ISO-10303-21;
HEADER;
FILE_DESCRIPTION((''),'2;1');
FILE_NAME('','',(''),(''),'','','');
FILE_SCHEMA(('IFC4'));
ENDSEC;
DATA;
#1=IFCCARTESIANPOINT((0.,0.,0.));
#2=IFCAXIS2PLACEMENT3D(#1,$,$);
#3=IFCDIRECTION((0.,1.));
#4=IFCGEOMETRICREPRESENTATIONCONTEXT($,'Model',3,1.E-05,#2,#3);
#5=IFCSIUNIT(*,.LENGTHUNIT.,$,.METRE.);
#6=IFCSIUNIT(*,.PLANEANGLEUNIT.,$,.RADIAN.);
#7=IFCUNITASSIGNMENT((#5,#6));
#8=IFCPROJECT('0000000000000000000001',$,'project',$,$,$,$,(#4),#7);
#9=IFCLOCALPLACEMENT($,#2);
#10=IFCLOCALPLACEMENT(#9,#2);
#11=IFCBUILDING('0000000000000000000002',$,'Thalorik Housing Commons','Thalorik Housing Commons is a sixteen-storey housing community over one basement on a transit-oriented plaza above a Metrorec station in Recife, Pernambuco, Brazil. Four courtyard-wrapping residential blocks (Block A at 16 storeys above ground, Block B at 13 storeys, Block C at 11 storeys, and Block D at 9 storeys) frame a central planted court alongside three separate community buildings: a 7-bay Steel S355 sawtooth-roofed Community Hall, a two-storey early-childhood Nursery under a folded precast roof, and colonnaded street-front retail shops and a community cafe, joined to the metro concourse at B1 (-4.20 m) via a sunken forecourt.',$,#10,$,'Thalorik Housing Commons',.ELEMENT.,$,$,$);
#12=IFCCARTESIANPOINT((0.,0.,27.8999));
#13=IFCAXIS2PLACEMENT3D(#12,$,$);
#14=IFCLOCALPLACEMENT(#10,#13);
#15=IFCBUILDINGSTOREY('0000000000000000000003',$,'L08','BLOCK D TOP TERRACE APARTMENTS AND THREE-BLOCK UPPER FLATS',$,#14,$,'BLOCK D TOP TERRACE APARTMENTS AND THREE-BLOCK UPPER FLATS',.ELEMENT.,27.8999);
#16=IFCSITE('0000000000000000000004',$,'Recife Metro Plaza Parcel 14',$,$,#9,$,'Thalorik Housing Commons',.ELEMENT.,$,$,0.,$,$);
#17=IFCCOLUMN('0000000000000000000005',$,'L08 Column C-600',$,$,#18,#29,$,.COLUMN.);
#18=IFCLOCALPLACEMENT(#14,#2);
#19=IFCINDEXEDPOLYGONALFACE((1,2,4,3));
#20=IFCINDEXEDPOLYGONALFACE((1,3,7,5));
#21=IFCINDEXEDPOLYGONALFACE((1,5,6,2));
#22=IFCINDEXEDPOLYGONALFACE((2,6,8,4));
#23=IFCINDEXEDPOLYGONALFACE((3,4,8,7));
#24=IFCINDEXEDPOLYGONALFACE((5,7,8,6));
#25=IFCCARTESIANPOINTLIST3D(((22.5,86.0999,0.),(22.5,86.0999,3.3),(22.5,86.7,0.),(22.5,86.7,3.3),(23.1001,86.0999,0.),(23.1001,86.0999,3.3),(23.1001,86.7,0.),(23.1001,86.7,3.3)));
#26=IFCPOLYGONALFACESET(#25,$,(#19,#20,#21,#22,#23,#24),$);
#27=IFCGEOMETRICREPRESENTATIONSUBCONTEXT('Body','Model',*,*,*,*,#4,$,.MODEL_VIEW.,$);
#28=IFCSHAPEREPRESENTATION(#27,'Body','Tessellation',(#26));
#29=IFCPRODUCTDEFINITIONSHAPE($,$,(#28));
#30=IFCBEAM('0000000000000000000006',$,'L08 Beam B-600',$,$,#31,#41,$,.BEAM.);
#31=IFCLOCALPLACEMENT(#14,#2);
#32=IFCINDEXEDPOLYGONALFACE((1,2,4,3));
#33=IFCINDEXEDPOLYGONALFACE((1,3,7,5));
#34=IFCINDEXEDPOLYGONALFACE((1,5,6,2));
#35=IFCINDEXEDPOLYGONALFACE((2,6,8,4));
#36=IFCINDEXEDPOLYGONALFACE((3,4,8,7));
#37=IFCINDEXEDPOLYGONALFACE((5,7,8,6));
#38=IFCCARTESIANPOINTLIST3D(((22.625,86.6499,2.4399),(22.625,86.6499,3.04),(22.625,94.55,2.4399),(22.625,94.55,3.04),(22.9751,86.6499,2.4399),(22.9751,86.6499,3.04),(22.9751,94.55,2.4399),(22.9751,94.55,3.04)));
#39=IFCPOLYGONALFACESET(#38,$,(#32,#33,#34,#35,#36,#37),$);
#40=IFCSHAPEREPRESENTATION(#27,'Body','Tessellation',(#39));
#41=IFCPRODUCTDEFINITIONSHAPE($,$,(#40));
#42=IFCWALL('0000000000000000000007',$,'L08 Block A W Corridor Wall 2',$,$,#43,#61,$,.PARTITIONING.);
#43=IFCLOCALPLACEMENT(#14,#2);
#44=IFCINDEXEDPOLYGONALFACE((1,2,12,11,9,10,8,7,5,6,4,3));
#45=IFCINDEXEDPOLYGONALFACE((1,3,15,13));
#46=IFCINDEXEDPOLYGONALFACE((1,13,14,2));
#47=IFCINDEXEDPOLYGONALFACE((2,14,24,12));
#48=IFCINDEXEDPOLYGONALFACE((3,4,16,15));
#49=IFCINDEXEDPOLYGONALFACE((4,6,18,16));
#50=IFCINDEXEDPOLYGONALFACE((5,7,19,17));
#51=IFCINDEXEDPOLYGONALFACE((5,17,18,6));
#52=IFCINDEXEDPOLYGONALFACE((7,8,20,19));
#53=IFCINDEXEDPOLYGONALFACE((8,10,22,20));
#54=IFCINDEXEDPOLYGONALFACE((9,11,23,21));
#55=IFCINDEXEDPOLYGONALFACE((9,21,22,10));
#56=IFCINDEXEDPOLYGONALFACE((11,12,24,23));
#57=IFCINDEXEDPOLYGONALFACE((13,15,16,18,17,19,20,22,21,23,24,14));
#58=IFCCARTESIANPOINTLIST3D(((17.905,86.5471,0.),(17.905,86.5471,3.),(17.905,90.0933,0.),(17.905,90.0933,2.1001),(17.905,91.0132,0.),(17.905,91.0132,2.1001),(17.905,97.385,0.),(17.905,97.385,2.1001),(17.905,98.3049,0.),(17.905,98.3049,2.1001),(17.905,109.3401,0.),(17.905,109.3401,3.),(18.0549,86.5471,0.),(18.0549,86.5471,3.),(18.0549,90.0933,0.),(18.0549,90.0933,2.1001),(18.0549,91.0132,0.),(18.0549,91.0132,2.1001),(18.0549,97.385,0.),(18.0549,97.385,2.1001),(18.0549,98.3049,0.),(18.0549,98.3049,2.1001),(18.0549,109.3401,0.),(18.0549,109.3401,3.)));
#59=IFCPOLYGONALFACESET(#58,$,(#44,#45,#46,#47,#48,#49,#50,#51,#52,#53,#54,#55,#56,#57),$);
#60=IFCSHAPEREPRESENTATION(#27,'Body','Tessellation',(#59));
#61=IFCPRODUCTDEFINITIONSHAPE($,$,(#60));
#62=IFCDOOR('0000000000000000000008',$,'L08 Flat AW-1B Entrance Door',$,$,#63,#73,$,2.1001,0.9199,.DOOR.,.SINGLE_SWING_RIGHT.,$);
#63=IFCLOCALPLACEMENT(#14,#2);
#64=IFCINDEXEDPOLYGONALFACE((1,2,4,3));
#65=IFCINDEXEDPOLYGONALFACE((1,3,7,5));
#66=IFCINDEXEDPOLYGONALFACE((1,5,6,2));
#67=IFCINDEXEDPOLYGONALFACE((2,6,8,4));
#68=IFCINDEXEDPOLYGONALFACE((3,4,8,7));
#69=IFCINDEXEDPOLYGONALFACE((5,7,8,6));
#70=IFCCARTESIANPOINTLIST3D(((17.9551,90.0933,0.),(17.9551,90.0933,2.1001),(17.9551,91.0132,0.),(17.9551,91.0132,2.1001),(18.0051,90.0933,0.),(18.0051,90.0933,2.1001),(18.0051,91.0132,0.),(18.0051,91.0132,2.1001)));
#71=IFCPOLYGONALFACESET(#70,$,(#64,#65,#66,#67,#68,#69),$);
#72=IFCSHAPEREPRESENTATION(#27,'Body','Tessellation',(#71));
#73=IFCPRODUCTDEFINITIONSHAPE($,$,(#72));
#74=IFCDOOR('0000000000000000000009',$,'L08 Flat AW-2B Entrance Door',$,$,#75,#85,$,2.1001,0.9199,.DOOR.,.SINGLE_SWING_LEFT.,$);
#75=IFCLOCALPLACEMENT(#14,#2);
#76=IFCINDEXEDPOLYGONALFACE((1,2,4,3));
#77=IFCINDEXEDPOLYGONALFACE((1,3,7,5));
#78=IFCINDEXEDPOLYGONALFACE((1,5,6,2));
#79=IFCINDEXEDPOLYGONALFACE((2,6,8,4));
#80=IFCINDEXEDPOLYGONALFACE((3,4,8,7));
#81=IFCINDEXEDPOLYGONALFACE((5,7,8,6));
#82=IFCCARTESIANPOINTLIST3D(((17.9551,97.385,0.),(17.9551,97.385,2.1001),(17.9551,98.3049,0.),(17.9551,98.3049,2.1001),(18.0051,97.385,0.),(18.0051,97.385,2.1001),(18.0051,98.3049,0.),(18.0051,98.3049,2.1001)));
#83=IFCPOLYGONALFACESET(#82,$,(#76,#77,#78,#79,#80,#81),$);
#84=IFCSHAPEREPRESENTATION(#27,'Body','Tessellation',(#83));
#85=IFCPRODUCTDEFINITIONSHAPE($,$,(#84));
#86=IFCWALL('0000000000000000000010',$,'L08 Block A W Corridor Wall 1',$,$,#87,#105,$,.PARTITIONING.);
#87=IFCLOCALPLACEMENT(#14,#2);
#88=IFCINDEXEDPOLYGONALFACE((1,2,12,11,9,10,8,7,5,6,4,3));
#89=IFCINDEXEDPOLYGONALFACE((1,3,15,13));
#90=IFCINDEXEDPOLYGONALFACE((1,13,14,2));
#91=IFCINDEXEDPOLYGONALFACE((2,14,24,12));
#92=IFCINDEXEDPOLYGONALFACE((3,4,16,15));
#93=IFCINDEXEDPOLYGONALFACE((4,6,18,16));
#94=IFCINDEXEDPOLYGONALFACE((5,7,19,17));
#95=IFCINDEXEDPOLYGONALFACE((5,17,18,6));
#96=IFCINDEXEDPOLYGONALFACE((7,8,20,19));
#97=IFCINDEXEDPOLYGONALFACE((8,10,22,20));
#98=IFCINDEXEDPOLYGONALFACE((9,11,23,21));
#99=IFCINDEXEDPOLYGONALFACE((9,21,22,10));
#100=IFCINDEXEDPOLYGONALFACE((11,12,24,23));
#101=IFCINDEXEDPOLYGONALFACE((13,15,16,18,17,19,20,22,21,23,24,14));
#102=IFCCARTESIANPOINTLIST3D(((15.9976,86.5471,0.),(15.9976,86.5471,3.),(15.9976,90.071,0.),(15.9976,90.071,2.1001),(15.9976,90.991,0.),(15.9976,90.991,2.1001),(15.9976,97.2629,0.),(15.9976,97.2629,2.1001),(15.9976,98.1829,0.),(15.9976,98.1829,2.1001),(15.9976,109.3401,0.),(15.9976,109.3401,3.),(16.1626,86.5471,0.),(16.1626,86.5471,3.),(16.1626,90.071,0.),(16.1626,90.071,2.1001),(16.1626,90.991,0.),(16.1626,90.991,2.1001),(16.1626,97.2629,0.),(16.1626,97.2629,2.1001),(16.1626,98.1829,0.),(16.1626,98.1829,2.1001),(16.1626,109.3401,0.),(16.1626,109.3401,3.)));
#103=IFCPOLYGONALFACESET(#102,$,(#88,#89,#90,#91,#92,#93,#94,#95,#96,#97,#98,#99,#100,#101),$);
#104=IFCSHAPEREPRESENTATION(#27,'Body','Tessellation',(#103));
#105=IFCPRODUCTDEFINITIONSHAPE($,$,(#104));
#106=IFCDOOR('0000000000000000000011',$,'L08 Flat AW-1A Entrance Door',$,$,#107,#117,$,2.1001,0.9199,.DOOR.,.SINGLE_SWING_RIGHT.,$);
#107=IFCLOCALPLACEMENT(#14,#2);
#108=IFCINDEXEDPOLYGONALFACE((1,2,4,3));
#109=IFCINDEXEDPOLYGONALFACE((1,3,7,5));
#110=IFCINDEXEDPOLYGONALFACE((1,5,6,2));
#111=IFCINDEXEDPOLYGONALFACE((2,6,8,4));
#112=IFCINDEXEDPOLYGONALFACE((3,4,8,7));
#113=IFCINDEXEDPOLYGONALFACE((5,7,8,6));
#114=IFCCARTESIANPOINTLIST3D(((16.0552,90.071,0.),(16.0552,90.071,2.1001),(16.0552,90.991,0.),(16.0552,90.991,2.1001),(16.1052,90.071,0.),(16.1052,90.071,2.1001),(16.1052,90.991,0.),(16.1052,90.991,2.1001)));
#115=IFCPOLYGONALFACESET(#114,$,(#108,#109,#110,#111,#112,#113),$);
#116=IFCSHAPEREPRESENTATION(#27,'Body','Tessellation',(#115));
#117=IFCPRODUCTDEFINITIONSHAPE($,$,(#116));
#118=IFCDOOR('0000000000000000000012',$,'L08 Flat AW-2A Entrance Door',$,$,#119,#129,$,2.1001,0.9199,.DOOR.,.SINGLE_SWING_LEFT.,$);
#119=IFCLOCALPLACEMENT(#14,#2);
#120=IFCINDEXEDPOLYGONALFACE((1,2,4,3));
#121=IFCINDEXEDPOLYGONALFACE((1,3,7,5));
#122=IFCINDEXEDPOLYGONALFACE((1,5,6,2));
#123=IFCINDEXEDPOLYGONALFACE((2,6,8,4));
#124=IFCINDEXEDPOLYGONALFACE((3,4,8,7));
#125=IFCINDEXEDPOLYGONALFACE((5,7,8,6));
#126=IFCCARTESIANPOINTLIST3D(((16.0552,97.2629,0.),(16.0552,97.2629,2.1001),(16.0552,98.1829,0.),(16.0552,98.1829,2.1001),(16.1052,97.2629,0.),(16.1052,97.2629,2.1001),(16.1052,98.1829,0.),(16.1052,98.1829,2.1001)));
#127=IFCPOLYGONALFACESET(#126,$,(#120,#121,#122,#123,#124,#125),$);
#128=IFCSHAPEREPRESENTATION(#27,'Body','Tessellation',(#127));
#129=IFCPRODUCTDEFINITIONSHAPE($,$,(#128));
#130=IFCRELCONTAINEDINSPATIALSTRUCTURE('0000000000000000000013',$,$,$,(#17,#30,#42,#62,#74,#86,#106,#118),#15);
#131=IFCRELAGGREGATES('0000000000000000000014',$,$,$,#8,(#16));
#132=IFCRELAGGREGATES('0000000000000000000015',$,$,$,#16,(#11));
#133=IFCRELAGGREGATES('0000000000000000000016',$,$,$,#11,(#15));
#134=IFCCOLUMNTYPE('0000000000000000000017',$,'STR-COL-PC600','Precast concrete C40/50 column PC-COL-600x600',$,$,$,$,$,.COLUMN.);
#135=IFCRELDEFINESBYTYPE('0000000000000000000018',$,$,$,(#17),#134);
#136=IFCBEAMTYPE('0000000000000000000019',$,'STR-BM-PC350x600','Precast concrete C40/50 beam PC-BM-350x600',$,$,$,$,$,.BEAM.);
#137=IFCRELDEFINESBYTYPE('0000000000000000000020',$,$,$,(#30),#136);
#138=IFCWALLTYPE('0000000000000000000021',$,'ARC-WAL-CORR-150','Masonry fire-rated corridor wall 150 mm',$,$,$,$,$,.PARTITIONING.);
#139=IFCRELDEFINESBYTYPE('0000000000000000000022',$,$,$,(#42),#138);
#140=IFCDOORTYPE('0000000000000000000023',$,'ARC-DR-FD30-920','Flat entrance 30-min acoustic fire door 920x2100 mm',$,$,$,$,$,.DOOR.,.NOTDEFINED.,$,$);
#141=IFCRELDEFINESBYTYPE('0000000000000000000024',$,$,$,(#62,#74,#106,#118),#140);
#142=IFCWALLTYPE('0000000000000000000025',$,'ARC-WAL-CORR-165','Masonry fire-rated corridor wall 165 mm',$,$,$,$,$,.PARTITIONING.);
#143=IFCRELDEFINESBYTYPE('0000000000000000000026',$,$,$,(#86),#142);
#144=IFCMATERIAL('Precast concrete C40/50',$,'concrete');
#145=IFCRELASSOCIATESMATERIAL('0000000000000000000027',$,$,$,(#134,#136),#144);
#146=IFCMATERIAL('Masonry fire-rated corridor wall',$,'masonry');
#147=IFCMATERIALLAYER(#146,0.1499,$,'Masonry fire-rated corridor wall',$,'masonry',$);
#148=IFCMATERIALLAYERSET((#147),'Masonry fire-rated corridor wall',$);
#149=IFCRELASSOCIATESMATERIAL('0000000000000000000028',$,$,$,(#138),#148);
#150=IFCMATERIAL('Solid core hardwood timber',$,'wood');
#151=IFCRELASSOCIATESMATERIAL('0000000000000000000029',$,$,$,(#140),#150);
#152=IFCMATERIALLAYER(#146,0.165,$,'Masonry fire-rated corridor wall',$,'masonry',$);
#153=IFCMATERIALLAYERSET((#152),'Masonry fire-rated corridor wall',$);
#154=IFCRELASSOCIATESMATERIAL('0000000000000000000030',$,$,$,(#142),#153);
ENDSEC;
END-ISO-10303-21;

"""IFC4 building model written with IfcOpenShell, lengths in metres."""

from ifc_helpers import new_model, si_unit, direction, frame, frame_2d, origin, origin_2d, place, context, subcontext, project, spatial, rectangle, extrude, material, layer, layer_set, material_profile, profile_set, type_object, element, fill, save


model = new_model("IFC4")

# Units and contexts
model_context = context("Model", 3, precision=1e-05, world=origin(), true_north=direction((0.0, 1.0)))
body_context = subcontext(model_context, "Body", "Model", "MODEL_VIEW")
ifc_project = project(units=[si_unit("LENGTHUNIT", "METRE"), si_unit("PLANEANGLEUNIT", "RADIAN")], contexts=[model_context])

# Site, building, storey
site_placement = place(None, origin())
site = spatial("IfcSite", under=ifc_project, at=site_placement, Name="Recife Metro Plaza Parcel 14", LongName="Thalorik Housing Commons", CompositionType="ELEMENT", RefElevation=0.0)
building_placement = place(site_placement, origin())
building = spatial("IfcBuilding", under=site, at=building_placement, Name="Thalorik Housing Commons", Description="Thalorik Housing Commons is a sixteen-storey housing community over one basement on a transit-oriented plaza above a Metrorec station in Recife, Pernambuco, Brazil. Four courtyard-wrapping residential blocks (Block A at 16 storeys above ground, Block B at 13 storeys, Block C at 11 storeys, and Block D at 9 storeys) frame a central planted court alongside three separate community buildings: a 7-bay Steel S355 sawtooth-roofed Community Hall, a two-storey early-childhood Nursery under a folded precast roof, and colonnaded street-front retail shops and a community cafe, joined to the metro concourse at B1 (-4.20 m) via a sunken forecourt.", LongName="Thalorik Housing Commons", CompositionType="ELEMENT")
storey_placement = place(building_placement, frame((0.0, 0.0, 27.8999)))
storey = spatial("IfcBuildingStorey", under=building, at=storey_placement, Name="L08", Description="BLOCK D TOP TERRACE APARTMENTS AND THREE-BLOCK UPPER FLATS", LongName="BLOCK D TOP TERRACE APARTMENTS AND THREE-BLOCK UPPER FLATS", CompositionType="ELEMENT", Elevation=27.8999)

# Column
ifc_material_1 = material(Name="Precast concrete C40/50", Category="concrete")
ifc_material_profile_1 = material_profile(ifc_material_1, rectangle(XDim=0.6001, YDim=0.6001, at=origin_2d()), Name="PC 600x600", Category="concrete")
ifc_profile_set_1 = profile_set([ifc_material_profile_1], Name="Precast concrete C40/50")
column_type = type_object("IfcColumnType", Name="STR-COL-PC600", Description="Precast concrete C40/50 column PC-COL-600x600", PredefinedType="COLUMN", material=ifc_profile_set_1)
column_placement = place(storey_placement, frame((22.8, 86.3999, 0.0), z_axis=(0.0, 0.0, 1.0), x_axis=(1.0, 0.0, 0.0)))
element("IfcColumn", 1, at=column_placement, inside=storey, type_object=column_type, Name="L08 Column C-600", PredefinedType="COLUMN", context=body_context, shape_type="SweptSolid", body=[
    extrude(rectangle(XDim=0.6001, YDim=0.6001, at=origin_2d()), origin(), (0.0, 0.0, 1.0), 3.3),
])

# Beam
ifc_material_profile_2 = material_profile(ifc_material_1, rectangle(XDim=0.3501, YDim=0.6001, at=origin_2d()), Name="PC 350x600", Category="concrete")
ifc_profile_set_2 = profile_set([ifc_material_profile_2], Name="Precast concrete C40/50")
beam_type = type_object("IfcBeamType", Name="STR-BM-PC350x600", Description="Precast concrete C40/50 beam PC-BM-350x600", PredefinedType="BEAM", material=ifc_profile_set_2)
beam_placement = place(storey_placement, frame((22.8, 86.6499, 2.74), z_axis=(0.0, 1.0, 0.0), x_axis=(-1.0, 0.0, 0.0)))
element("IfcBeam", 2, at=beam_placement, inside=storey, type_object=beam_type, Name="L08 Beam B-600", PredefinedType="BEAM", context=body_context, shape_type="SweptSolid", body=[
    extrude(rectangle(XDim=0.3501, YDim=0.6001, at=origin_2d()), origin(), (0.0, 0.0, 1.0), 7.9001),
])

# Walls, openings, doors
ifc_material_2 = material(Name="Masonry fire-rated corridor wall", Category="masonry")
ifc_layer_1 = layer(ifc_material_2, 0.1499, Name="Masonry fire-rated corridor wall", Category="masonry")
ifc_layer_set_1 = layer_set([ifc_layer_1], Name="Masonry fire-rated corridor wall")
wall_type_1 = type_object("IfcWallType", Name="ARC-WAL-CORR-150", Description="Masonry fire-rated corridor wall 150 mm", PredefinedType="PARTITIONING", material=ifc_layer_set_1)
wall_1_placement = place(storey_placement, frame((17.98, 86.5471, 0.0), z_axis=(0.0, 0.0, 1.0), x_axis=(0.0, 1.0, 0.0)))
wall_1 = element("IfcWall", 3, at=wall_1_placement, inside=storey, type_object=wall_type_1, Name="L08 Block A W Corridor Wall 2", PredefinedType="PARTITIONING", context=body_context, shape_type="SweptSolid", body=[
    extrude(rectangle(XDim=22.793, YDim=0.1499, at=frame_2d((11.3965, 0.0))), origin(), (0.0, 0.0, 1.0), 3.0),
])
opening_1_placement = place(wall_1_placement, frame((3.5461, 0.0, 0.0)))
opening_1 = element("IfcOpeningElement", 4, at=opening_1_placement, cuts=wall_1, PredefinedType="OPENING", context=body_context, shape_type="SweptSolid", body=[
    extrude(rectangle(XDim=0.9199, YDim=2.1001, at=frame_2d((0.46, 1.05))), frame((0.0, 0.085, 0.0), z_axis=(0.0, -1.0, 0.0), x_axis=(1.0, 0.0, 0.0)), (0.0, 0.0, 1.0), 0.1699),
])
opening_2_placement = place(wall_1_placement, frame((10.8379, 0.0, 0.0)))
opening_2 = element("IfcOpeningElement", 5, at=opening_2_placement, cuts=wall_1, PredefinedType="OPENING", context=body_context, shape_type="SweptSolid", body=[
    extrude(rectangle(XDim=0.9199, YDim=2.1001, at=frame_2d((0.46, 1.05))), frame((0.0, 0.085, 0.0), z_axis=(0.0, -1.0, 0.0), x_axis=(1.0, 0.0, 0.0)), (0.0, 0.0, 1.0), 0.1699),
])
ifc_material_3 = material(Name="Solid core hardwood timber", Category="wood")
door_type_1 = type_object("IfcDoorType", Name="ARC-DR-FD30-920", Description="Flat entrance 30-min acoustic fire door 920x2100 mm", OperationType="NOTDEFINED", PredefinedType="DOOR", material=ifc_material_3)
door_1_placement = place(opening_1_placement, origin())
door_1 = element("IfcDoor", 6, at=door_1_placement, inside=storey, type_object=door_type_1, Name="L08 Flat AW-1B Entrance Door", OperationType="SINGLE_SWING_RIGHT", OverallHeight=2.1001, OverallWidth=0.9199, PredefinedType="DOOR", context=body_context, shape_type="SweptSolid", body=[
    extrude(rectangle(XDim=0.9199, YDim=2.1001, at=frame_2d((0.46, 1.05))), frame((0.0, 0.0249, 0.0), z_axis=(0.0, -1.0, 0.0), x_axis=(1.0, 0.0, 0.0)), (0.0, 0.0, 1.0), 0.05),
])
fill(opening_1, door_1)
door_2_placement = place(opening_2_placement, origin())
door_2 = element("IfcDoor", 7, at=door_2_placement, inside=storey, type_object=door_type_1, Name="L08 Flat AW-2B Entrance Door", OperationType="SINGLE_SWING_LEFT", OverallHeight=2.1001, OverallWidth=0.9199, PredefinedType="DOOR", context=body_context, shape_type="SweptSolid", body=[
    extrude(rectangle(XDim=0.9199, YDim=2.1001, at=frame_2d((0.46, 1.05))), frame((0.0, 0.0249, 0.0), z_axis=(0.0, -1.0, 0.0), x_axis=(1.0, 0.0, 0.0)), (0.0, 0.0, 1.0), 0.05),
])
fill(opening_2, door_2)
ifc_layer_2 = layer(ifc_material_2, 0.165, Name="Masonry fire-rated corridor wall", Category="masonry")
ifc_layer_set_2 = layer_set([ifc_layer_2], Name="Masonry fire-rated corridor wall")
wall_type_2 = type_object("IfcWallType", Name="ARC-WAL-CORR-165", Description="Masonry fire-rated corridor wall 165 mm", PredefinedType="PARTITIONING", material=ifc_layer_set_2)
wall_2_placement = place(storey_placement, frame((16.0801, 86.5471, 0.0), z_axis=(0.0, 0.0, 1.0), x_axis=(0.0, 1.0, 0.0)))
wall_2 = element("IfcWall", 8, at=wall_2_placement, inside=storey, type_object=wall_type_2, Name="L08 Block A W Corridor Wall 1", PredefinedType="PARTITIONING", context=body_context, shape_type="SweptSolid", body=[
    extrude(rectangle(XDim=22.793, YDim=0.165, at=frame_2d((11.3965, 0.0))), origin(), (0.0, 0.0, 1.0), 3.0),
])
opening_3_placement = place(wall_2_placement, frame((3.5239, 0.0, 0.0)))
opening_3 = element("IfcOpeningElement", 9, at=opening_3_placement, cuts=wall_2, PredefinedType="OPENING", context=body_context, shape_type="SweptSolid", body=[
    extrude(rectangle(XDim=0.9199, YDim=2.1001, at=frame_2d((0.46, 1.05))), frame((0.0, 0.0925, 0.0), z_axis=(0.0, -1.0, 0.0), x_axis=(1.0, 0.0, 0.0)), (0.0, 0.0, 1.0), 0.1851),
])
opening_4_placement = place(wall_2_placement, frame((10.7158, 0.0, 0.0)))
opening_4 = element("IfcOpeningElement", 10, at=opening_4_placement, cuts=wall_2, PredefinedType="OPENING", context=body_context, shape_type="SweptSolid", body=[
    extrude(rectangle(XDim=0.9199, YDim=2.1001, at=frame_2d((0.46, 1.05))), frame((0.0, 0.0925, 0.0), z_axis=(0.0, -1.0, 0.0), x_axis=(1.0, 0.0, 0.0)), (0.0, 0.0, 1.0), 0.1851),
])
door_3_placement = place(opening_3_placement, origin())
door_3 = element("IfcDoor", 11, at=door_3_placement, inside=storey, type_object=door_type_1, Name="L08 Flat AW-1A Entrance Door", OperationType="SINGLE_SWING_RIGHT", OverallHeight=2.1001, OverallWidth=0.9199, PredefinedType="DOOR", context=body_context, shape_type="SweptSolid", body=[
    extrude(rectangle(XDim=0.9199, YDim=2.1001, at=frame_2d((0.46, 1.05))), frame((0.0, 0.0249, 0.0), z_axis=(0.0, -1.0, 0.0), x_axis=(1.0, 0.0, 0.0)), (0.0, 0.0, 1.0), 0.05),
])
fill(opening_3, door_3)
door_4_placement = place(opening_4_placement, origin())
door_4 = element("IfcDoor", 12, at=door_4_placement, inside=storey, type_object=door_type_1, Name="L08 Flat AW-2A Entrance Door", OperationType="SINGLE_SWING_LEFT", OverallHeight=2.1001, OverallWidth=0.9199, PredefinedType="DOOR", context=body_context, shape_type="SweptSolid", body=[
    extrude(rectangle(XDim=0.9199, YDim=2.1001, at=frame_2d((0.46, 1.05))), frame((0.0, 0.0249, 0.0), z_axis=(0.0, -1.0, 0.0), x_axis=(1.0, 0.0, 0.0)), (0.0, 0.0, 1.0), 0.05),
])
fill(opening_4, door_4)

save(model, "model.ifc")
